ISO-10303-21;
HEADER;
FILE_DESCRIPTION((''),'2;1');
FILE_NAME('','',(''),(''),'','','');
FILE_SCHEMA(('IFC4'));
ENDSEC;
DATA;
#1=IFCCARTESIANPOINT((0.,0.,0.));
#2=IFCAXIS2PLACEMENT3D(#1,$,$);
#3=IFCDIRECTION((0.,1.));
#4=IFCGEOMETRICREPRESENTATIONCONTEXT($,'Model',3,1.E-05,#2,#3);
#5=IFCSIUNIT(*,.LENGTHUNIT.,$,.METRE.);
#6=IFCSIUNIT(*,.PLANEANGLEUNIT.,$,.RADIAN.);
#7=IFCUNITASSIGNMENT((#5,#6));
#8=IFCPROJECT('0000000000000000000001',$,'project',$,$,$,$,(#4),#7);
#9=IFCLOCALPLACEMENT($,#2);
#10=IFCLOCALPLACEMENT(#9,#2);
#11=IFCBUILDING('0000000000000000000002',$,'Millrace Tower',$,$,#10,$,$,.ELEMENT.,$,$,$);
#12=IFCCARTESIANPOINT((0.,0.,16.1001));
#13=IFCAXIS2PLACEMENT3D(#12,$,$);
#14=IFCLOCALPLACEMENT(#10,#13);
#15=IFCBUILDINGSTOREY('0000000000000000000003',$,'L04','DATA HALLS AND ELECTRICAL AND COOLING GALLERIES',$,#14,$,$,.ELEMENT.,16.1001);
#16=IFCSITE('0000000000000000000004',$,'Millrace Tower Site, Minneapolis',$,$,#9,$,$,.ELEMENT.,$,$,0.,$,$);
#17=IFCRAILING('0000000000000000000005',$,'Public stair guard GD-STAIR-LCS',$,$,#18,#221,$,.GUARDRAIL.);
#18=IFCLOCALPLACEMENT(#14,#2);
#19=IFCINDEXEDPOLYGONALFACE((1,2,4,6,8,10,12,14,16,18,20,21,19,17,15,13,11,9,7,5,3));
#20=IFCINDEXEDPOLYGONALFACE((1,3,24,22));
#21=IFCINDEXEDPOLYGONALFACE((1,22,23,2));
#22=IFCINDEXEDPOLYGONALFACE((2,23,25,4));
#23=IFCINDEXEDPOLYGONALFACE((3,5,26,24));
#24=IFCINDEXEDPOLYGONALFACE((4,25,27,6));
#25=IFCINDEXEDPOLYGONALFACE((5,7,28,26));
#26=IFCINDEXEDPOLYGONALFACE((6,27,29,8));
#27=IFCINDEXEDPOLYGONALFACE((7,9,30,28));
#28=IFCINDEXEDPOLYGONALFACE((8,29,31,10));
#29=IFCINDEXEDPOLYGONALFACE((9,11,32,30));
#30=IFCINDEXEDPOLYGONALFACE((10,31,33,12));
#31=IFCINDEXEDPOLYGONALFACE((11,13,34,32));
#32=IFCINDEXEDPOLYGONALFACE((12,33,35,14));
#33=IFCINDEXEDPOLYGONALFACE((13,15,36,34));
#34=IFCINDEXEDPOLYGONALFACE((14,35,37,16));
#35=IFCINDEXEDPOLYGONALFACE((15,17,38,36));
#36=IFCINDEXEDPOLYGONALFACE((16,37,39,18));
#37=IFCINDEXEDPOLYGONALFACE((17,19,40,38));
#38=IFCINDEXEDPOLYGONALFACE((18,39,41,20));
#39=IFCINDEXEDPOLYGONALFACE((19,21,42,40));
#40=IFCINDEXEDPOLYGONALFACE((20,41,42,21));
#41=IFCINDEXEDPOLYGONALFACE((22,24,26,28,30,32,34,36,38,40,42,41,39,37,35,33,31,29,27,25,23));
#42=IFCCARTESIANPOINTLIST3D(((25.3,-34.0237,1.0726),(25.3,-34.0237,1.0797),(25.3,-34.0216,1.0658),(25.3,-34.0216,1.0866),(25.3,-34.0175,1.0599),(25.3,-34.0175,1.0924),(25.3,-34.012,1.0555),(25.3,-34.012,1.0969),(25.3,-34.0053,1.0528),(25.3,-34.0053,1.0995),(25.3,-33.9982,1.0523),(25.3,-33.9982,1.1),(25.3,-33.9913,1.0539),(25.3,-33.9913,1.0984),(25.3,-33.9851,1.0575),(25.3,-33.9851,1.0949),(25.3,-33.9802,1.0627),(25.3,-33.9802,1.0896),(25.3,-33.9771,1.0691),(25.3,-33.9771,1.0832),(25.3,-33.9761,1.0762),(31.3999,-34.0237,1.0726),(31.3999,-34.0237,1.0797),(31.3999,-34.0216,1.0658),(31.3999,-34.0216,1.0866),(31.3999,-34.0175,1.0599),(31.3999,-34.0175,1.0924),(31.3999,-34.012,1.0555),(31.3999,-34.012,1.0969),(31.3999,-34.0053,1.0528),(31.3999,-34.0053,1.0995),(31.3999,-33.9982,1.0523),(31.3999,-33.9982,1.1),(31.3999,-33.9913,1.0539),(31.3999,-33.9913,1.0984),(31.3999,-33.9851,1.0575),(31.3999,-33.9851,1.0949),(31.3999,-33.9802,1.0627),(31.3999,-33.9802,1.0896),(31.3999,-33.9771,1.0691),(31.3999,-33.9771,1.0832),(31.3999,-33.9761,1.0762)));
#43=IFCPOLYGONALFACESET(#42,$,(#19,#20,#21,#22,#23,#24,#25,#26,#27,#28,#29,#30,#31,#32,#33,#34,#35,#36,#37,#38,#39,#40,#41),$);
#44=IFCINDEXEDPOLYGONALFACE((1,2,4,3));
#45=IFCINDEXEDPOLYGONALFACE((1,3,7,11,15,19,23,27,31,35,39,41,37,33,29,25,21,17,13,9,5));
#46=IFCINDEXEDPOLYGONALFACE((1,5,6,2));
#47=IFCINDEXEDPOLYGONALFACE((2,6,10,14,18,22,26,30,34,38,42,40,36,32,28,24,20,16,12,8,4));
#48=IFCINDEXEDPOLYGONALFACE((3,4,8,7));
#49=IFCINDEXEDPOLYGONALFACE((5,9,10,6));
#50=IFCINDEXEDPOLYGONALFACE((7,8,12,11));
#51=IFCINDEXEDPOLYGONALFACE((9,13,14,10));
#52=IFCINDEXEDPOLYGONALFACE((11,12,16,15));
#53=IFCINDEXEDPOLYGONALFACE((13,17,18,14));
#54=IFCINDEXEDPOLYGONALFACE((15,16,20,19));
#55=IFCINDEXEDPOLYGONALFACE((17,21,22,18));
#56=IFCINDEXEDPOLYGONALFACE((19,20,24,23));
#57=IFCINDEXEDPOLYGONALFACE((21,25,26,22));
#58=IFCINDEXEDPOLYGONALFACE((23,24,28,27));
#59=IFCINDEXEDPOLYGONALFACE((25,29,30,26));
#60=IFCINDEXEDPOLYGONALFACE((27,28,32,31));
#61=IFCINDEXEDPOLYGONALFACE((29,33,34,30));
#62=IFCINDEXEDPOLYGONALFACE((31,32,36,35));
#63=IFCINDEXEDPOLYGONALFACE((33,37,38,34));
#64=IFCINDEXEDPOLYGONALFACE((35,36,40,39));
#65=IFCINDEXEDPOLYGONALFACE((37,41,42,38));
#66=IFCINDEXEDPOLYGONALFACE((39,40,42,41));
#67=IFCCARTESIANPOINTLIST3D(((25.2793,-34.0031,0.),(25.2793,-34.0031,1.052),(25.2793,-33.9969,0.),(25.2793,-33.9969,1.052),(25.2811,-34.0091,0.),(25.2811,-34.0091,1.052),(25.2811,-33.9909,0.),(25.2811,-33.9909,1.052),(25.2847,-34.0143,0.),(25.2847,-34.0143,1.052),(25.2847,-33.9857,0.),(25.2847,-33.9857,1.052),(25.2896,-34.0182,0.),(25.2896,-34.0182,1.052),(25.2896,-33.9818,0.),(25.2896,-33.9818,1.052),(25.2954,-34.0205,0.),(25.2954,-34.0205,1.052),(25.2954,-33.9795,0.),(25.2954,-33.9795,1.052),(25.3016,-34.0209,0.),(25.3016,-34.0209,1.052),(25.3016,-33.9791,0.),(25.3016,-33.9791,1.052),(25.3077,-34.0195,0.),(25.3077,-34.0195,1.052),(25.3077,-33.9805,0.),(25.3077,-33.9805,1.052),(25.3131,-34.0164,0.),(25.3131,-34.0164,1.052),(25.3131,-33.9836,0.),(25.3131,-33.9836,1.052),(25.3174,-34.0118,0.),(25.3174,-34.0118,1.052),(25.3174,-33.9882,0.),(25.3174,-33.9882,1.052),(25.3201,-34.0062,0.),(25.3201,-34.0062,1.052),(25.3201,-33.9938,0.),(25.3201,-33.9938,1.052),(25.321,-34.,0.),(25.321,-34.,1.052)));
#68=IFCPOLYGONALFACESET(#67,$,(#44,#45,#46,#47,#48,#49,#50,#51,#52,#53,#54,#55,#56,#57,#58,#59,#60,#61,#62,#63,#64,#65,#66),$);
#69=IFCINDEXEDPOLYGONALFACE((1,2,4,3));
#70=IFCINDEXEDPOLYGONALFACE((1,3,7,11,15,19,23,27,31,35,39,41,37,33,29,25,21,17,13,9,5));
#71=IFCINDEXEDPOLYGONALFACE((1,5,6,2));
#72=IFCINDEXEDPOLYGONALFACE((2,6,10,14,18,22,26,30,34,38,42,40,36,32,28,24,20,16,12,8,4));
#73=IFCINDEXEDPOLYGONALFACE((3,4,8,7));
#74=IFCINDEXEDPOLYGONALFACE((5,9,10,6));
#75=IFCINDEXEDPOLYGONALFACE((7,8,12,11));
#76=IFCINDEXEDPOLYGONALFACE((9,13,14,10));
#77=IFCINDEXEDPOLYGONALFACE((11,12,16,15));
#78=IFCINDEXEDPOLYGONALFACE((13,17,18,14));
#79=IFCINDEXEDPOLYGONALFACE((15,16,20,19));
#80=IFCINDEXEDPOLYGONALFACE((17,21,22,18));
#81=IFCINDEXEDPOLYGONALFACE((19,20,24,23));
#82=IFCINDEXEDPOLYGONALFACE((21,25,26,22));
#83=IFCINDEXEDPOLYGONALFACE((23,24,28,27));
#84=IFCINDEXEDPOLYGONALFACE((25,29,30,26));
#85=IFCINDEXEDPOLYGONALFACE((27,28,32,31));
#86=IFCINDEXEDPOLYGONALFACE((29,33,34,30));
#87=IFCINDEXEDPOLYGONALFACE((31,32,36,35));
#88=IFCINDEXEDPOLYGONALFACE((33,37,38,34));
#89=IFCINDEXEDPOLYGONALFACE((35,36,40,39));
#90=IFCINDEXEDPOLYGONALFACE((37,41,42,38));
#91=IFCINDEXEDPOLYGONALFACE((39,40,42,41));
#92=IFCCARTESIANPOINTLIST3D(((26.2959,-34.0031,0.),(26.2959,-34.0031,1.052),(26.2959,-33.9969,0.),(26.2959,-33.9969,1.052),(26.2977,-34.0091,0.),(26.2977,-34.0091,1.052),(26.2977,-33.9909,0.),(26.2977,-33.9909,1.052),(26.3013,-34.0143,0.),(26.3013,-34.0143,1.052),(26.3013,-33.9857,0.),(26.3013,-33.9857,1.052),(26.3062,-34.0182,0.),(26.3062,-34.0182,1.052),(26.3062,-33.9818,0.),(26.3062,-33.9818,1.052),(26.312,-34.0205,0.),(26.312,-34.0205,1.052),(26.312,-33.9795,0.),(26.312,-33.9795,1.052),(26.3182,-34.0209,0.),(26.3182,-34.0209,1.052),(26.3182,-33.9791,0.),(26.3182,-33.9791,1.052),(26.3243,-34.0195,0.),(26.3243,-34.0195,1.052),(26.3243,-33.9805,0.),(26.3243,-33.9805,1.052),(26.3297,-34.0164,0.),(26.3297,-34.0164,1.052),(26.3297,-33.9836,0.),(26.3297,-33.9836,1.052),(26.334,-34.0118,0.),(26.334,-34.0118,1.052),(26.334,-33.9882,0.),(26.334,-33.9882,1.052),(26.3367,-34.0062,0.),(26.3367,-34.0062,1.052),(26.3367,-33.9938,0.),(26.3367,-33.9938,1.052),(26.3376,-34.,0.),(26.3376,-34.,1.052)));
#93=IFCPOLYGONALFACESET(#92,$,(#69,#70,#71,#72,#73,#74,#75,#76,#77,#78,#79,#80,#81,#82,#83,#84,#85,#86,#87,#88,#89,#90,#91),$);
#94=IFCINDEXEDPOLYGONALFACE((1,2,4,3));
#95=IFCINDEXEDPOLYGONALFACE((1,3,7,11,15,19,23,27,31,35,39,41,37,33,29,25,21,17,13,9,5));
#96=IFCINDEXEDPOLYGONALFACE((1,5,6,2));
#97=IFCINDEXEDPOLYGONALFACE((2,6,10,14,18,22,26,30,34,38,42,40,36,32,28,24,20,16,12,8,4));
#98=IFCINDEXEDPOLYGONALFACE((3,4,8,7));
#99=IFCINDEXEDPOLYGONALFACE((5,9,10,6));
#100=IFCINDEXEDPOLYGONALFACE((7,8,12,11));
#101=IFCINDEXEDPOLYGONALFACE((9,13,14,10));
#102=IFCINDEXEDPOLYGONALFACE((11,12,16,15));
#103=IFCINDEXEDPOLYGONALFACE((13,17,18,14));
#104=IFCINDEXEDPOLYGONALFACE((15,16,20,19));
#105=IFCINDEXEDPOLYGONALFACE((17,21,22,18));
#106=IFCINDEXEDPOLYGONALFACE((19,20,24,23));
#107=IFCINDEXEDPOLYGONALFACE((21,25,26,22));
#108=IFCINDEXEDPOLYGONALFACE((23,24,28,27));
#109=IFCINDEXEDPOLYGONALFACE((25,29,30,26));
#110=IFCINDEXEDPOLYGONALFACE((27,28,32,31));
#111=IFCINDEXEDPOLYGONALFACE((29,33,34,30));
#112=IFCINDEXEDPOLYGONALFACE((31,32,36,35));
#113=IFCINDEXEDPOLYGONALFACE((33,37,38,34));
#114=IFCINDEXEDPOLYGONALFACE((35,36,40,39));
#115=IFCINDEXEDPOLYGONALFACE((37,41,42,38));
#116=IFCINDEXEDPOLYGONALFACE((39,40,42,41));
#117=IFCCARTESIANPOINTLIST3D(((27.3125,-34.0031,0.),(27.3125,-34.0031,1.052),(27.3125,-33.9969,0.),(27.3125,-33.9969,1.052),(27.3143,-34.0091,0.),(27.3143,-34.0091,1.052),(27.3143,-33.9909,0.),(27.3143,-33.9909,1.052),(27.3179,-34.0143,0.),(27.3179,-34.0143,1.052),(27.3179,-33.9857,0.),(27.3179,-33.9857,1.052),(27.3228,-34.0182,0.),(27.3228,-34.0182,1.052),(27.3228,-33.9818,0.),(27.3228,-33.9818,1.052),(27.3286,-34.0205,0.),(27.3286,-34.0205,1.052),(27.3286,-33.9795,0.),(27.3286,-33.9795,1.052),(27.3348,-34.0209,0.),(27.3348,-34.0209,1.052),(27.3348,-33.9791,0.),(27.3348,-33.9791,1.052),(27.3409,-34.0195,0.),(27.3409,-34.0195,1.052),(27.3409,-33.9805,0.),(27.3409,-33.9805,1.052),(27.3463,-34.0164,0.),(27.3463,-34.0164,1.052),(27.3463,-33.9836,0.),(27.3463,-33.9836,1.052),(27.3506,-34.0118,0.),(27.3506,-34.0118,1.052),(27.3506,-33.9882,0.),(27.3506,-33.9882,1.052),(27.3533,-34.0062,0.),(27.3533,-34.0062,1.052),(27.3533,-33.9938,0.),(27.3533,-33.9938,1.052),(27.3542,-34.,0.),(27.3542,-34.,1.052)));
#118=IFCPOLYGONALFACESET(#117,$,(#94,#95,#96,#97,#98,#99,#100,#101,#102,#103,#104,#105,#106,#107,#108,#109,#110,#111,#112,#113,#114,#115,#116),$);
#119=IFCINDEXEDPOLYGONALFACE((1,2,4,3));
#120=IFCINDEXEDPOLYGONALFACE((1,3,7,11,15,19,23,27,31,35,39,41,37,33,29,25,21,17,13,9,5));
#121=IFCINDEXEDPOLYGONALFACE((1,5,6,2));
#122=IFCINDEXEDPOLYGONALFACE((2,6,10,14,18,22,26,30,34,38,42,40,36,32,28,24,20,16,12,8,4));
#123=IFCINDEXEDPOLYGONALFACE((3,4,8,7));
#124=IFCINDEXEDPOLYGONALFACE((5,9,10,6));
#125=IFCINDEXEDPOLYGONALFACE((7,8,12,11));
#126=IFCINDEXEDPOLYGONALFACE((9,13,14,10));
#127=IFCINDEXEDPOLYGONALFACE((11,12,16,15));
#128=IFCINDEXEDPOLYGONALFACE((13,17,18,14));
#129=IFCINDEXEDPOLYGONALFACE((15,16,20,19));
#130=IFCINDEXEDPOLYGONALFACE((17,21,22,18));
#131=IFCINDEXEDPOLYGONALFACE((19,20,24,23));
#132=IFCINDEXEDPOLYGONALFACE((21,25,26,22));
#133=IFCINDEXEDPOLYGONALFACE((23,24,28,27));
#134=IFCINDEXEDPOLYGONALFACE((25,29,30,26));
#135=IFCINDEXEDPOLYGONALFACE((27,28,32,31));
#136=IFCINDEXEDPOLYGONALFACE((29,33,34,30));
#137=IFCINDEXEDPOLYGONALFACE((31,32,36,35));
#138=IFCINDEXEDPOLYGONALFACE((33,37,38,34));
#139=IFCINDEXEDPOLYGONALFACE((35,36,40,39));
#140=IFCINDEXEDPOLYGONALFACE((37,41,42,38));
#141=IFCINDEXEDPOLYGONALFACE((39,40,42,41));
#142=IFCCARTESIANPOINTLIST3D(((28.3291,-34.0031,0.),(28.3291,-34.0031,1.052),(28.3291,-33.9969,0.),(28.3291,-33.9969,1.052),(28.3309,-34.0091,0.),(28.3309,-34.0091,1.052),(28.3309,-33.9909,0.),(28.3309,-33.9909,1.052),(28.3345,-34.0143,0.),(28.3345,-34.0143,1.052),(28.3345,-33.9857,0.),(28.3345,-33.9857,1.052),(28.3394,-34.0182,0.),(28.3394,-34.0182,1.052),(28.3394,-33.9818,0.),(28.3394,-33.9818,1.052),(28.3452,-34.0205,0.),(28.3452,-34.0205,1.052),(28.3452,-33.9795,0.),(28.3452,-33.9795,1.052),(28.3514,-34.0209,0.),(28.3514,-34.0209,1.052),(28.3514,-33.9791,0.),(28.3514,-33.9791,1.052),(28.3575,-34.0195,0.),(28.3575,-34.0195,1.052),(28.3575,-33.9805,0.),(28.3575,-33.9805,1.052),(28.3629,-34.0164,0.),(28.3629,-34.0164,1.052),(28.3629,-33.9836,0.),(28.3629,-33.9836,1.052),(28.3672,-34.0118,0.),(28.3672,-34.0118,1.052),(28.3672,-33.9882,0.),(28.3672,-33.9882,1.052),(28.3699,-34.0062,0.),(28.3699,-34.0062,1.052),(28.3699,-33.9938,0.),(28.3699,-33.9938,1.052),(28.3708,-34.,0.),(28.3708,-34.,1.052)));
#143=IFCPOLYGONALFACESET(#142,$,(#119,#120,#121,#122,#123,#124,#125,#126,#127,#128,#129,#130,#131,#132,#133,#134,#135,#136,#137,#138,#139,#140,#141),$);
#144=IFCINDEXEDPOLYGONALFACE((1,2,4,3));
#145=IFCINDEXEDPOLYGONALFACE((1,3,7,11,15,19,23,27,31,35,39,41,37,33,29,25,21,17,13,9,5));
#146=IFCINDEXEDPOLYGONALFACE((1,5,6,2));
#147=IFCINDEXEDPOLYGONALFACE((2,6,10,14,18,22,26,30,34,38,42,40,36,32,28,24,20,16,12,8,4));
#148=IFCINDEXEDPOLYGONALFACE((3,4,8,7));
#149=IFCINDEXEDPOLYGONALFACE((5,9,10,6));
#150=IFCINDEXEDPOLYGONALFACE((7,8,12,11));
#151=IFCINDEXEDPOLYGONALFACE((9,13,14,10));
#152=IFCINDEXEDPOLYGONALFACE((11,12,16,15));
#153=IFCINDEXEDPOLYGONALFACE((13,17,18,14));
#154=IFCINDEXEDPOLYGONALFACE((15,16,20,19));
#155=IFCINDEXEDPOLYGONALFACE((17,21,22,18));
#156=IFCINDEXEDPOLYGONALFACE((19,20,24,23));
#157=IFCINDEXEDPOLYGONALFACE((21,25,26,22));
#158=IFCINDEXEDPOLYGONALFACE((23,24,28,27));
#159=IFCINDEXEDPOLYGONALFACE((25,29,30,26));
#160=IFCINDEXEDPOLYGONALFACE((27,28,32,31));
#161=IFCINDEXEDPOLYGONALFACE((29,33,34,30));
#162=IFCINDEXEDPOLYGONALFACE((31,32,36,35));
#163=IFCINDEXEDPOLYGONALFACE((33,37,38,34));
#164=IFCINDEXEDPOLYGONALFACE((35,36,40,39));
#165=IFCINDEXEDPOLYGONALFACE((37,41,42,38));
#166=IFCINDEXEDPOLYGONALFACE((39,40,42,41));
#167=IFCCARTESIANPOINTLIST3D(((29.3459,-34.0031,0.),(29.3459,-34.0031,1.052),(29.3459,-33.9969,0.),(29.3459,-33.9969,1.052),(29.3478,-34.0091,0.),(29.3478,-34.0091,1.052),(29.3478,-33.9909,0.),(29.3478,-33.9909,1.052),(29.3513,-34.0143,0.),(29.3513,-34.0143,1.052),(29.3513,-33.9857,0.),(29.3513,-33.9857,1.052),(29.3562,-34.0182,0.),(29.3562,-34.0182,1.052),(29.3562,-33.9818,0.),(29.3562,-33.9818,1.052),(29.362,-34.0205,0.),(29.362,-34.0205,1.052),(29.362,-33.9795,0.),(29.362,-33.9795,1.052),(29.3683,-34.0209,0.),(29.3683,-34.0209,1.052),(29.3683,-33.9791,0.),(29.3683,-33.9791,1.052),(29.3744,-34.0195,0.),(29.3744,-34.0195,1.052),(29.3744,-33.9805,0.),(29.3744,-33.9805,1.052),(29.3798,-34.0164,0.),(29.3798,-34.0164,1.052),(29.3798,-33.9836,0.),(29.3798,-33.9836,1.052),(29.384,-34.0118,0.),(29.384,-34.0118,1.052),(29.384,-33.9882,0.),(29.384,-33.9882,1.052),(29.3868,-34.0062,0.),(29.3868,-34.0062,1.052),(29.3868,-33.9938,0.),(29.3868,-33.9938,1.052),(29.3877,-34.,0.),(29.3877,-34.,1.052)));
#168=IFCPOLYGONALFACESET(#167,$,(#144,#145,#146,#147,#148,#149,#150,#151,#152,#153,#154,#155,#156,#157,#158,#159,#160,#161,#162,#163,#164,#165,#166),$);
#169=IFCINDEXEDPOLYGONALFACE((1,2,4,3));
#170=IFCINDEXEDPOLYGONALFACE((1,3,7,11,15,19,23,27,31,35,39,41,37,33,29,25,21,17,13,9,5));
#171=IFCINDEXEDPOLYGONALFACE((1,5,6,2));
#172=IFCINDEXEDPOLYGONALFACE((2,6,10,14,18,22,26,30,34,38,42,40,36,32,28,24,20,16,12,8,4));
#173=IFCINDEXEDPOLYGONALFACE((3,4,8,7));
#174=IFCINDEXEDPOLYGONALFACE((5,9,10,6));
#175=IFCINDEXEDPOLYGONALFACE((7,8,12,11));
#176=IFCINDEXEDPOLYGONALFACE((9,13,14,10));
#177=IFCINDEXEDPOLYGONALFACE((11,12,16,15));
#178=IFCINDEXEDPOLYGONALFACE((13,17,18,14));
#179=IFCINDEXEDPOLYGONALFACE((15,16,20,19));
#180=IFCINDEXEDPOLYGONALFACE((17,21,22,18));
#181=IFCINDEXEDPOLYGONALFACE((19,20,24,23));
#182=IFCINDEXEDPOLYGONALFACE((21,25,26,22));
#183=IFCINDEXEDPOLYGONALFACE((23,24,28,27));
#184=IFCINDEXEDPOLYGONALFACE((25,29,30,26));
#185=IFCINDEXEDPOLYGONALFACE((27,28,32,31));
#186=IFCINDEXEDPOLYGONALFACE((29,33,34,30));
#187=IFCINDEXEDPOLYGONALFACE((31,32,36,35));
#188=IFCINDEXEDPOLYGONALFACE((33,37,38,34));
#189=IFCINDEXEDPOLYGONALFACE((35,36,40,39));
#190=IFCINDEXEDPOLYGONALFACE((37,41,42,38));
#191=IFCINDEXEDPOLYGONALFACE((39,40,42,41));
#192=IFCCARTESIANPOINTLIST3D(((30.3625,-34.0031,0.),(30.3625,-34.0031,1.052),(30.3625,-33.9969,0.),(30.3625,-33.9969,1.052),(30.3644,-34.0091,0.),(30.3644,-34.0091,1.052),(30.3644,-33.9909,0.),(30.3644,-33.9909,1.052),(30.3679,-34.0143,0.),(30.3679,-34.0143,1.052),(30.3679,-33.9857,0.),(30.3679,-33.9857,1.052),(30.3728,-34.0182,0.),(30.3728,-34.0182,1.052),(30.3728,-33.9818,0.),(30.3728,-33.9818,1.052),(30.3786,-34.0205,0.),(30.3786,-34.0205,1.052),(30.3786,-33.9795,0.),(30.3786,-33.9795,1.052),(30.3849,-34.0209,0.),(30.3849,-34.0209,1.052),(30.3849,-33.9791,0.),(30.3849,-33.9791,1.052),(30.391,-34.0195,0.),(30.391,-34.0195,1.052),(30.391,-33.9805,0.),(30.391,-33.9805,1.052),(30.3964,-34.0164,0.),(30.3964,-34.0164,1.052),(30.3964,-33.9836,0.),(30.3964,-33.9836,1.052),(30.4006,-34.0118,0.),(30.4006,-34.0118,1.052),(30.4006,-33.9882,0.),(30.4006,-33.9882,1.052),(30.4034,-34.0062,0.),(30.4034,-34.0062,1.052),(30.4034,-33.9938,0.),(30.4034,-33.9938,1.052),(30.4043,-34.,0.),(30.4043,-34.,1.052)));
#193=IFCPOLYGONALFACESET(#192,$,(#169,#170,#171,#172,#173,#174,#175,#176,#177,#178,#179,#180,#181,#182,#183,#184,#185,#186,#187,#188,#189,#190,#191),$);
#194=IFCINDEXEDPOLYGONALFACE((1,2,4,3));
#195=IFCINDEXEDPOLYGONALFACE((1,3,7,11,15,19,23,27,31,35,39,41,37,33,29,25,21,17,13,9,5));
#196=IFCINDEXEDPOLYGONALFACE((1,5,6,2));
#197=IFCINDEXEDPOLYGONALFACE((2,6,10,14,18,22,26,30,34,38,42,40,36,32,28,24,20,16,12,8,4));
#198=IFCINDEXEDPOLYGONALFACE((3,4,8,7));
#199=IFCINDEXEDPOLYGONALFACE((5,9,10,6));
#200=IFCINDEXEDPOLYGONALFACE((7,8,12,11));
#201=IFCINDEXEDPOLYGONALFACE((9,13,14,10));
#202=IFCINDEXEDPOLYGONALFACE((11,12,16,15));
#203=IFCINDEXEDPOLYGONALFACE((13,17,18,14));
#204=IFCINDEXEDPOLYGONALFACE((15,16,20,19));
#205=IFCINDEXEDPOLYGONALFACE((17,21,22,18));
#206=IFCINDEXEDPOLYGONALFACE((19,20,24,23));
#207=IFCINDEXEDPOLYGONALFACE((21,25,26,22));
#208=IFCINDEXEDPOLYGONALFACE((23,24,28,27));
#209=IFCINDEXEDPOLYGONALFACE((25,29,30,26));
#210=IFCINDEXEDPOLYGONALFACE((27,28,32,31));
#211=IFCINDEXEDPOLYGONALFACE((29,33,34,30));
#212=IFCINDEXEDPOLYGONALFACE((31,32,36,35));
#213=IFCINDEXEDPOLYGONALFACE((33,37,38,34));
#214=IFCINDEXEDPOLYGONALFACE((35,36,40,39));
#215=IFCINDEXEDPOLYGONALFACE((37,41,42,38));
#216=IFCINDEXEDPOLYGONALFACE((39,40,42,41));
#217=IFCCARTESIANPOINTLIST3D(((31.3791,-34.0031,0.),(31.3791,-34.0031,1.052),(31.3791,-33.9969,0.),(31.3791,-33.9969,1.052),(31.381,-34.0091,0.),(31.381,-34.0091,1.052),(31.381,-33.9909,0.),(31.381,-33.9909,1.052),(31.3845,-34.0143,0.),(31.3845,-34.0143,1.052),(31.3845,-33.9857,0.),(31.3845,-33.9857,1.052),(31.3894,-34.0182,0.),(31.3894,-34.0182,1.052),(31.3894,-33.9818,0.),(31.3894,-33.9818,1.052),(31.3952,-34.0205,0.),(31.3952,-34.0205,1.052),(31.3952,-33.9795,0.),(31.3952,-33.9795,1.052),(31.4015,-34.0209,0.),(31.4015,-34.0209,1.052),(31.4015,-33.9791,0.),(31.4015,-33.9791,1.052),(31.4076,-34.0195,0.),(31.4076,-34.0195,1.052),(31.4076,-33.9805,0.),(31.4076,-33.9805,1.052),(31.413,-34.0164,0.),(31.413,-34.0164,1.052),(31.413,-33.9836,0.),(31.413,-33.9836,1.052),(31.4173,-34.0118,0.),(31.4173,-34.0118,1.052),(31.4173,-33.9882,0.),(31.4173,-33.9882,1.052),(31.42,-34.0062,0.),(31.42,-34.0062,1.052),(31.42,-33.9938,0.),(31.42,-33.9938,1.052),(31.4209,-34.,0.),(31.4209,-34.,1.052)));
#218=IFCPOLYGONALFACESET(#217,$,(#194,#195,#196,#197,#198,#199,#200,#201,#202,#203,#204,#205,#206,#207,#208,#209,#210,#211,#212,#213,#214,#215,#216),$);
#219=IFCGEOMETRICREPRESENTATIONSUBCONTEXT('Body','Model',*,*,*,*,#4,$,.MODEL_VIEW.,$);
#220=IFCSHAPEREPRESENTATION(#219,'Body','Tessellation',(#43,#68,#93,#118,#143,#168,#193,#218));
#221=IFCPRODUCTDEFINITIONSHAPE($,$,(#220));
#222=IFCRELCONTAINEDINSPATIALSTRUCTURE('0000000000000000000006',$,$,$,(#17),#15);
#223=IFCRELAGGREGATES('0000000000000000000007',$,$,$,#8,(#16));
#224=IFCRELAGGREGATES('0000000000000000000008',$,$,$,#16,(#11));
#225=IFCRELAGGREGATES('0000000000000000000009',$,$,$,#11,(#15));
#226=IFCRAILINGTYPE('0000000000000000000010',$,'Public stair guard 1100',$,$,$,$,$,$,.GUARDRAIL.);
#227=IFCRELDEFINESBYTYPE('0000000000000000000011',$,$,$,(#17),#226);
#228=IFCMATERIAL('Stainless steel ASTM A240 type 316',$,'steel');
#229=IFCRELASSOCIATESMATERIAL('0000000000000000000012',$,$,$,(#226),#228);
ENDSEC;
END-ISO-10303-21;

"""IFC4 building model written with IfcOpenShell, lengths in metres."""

from ifc_helpers import new_model, si_unit, direction, frame, origin, origin_2d, place, context, subcontext, project, spatial, circle, extrude, material, type_object, element, save


model = new_model("IFC4")

# Units and contexts
model_context = context("Model", 3, precision=1e-05, world=origin(), true_north=direction((0.0, 1.0)))
body_context = subcontext(model_context, "Body", "Model", "MODEL_VIEW")
ifc_project = project(units=[si_unit("LENGTHUNIT", "METRE"), si_unit("PLANEANGLEUNIT", "RADIAN")], contexts=[model_context])

# Site, building, storey
site_placement = place(None, origin())
site = spatial("IfcSite", under=ifc_project, at=site_placement, Name="Millrace Tower Site, Minneapolis", CompositionType="ELEMENT", RefElevation=0.0)
building_placement = place(site_placement, origin())
building = spatial("IfcBuilding", under=site, at=building_placement, Name="Millrace Tower", CompositionType="ELEMENT")
storey_placement = place(building_placement, frame((0.0, 0.0, 16.1001)))
storey = spatial("IfcBuildingStorey", under=building, at=storey_placement, Name="L04", Description="DATA HALLS AND ELECTRICAL AND COOLING GALLERIES", CompositionType="ELEMENT", Elevation=16.1001)

# Railing
ifc_material_1 = material(Name="Stainless steel ASTM A240 type 316", Category="steel")
railing_type_1 = type_object("IfcRailingType", Name="Public stair guard 1100", PredefinedType="GUARDRAIL", material=ifc_material_1)
placement_1 = place(storey_placement, frame((25.3, -34.0, 0.0)))
element("IfcRailing", 1, at=placement_1, inside=storey, type_object=railing_type_1, Name="Public stair guard GD-STAIR-LCS", PredefinedType="GUARDRAIL", context=body_context, shape_type="SweptSolid", body=[
    extrude(circle(Radius=0.0239, at=origin_2d()), frame((0.0, 0.0, 1.0762), z_axis=(1.0, 0.0, 0.0), x_axis=(0.0, 1.0, 0.0)), (0.0, 0.0, 1.0), 6.0999),
    extrude(circle(Radius=0.021, at=origin_2d()), origin(), (0.0, 0.0, 1.0), 1.052),
    extrude(circle(Radius=0.021, at=origin_2d()), frame((1.0166, 0.0, 0.0)), (0.0, 0.0, 1.0), 1.052),
    extrude(circle(Radius=0.021, at=origin_2d()), frame((2.0332, 0.0, 0.0)), (0.0, 0.0, 1.0), 1.052),
    extrude(circle(Radius=0.021, at=origin_2d()), frame((3.0498, 0.0, 0.0)), (0.0, 0.0, 1.0), 1.052),
    extrude(circle(Radius=0.021, at=origin_2d()), frame((4.0667, 0.0, 0.0)), (0.0, 0.0, 1.0), 1.052),
    extrude(circle(Radius=0.021, at=origin_2d()), frame((5.0833, 0.0, 0.0)), (0.0, 0.0, 1.0), 1.052),
    extrude(circle(Radius=0.021, at=origin_2d()), frame((6.0999, 0.0, 0.0)), (0.0, 0.0, 1.0), 1.052),
])

save(model, "model.ifc")
